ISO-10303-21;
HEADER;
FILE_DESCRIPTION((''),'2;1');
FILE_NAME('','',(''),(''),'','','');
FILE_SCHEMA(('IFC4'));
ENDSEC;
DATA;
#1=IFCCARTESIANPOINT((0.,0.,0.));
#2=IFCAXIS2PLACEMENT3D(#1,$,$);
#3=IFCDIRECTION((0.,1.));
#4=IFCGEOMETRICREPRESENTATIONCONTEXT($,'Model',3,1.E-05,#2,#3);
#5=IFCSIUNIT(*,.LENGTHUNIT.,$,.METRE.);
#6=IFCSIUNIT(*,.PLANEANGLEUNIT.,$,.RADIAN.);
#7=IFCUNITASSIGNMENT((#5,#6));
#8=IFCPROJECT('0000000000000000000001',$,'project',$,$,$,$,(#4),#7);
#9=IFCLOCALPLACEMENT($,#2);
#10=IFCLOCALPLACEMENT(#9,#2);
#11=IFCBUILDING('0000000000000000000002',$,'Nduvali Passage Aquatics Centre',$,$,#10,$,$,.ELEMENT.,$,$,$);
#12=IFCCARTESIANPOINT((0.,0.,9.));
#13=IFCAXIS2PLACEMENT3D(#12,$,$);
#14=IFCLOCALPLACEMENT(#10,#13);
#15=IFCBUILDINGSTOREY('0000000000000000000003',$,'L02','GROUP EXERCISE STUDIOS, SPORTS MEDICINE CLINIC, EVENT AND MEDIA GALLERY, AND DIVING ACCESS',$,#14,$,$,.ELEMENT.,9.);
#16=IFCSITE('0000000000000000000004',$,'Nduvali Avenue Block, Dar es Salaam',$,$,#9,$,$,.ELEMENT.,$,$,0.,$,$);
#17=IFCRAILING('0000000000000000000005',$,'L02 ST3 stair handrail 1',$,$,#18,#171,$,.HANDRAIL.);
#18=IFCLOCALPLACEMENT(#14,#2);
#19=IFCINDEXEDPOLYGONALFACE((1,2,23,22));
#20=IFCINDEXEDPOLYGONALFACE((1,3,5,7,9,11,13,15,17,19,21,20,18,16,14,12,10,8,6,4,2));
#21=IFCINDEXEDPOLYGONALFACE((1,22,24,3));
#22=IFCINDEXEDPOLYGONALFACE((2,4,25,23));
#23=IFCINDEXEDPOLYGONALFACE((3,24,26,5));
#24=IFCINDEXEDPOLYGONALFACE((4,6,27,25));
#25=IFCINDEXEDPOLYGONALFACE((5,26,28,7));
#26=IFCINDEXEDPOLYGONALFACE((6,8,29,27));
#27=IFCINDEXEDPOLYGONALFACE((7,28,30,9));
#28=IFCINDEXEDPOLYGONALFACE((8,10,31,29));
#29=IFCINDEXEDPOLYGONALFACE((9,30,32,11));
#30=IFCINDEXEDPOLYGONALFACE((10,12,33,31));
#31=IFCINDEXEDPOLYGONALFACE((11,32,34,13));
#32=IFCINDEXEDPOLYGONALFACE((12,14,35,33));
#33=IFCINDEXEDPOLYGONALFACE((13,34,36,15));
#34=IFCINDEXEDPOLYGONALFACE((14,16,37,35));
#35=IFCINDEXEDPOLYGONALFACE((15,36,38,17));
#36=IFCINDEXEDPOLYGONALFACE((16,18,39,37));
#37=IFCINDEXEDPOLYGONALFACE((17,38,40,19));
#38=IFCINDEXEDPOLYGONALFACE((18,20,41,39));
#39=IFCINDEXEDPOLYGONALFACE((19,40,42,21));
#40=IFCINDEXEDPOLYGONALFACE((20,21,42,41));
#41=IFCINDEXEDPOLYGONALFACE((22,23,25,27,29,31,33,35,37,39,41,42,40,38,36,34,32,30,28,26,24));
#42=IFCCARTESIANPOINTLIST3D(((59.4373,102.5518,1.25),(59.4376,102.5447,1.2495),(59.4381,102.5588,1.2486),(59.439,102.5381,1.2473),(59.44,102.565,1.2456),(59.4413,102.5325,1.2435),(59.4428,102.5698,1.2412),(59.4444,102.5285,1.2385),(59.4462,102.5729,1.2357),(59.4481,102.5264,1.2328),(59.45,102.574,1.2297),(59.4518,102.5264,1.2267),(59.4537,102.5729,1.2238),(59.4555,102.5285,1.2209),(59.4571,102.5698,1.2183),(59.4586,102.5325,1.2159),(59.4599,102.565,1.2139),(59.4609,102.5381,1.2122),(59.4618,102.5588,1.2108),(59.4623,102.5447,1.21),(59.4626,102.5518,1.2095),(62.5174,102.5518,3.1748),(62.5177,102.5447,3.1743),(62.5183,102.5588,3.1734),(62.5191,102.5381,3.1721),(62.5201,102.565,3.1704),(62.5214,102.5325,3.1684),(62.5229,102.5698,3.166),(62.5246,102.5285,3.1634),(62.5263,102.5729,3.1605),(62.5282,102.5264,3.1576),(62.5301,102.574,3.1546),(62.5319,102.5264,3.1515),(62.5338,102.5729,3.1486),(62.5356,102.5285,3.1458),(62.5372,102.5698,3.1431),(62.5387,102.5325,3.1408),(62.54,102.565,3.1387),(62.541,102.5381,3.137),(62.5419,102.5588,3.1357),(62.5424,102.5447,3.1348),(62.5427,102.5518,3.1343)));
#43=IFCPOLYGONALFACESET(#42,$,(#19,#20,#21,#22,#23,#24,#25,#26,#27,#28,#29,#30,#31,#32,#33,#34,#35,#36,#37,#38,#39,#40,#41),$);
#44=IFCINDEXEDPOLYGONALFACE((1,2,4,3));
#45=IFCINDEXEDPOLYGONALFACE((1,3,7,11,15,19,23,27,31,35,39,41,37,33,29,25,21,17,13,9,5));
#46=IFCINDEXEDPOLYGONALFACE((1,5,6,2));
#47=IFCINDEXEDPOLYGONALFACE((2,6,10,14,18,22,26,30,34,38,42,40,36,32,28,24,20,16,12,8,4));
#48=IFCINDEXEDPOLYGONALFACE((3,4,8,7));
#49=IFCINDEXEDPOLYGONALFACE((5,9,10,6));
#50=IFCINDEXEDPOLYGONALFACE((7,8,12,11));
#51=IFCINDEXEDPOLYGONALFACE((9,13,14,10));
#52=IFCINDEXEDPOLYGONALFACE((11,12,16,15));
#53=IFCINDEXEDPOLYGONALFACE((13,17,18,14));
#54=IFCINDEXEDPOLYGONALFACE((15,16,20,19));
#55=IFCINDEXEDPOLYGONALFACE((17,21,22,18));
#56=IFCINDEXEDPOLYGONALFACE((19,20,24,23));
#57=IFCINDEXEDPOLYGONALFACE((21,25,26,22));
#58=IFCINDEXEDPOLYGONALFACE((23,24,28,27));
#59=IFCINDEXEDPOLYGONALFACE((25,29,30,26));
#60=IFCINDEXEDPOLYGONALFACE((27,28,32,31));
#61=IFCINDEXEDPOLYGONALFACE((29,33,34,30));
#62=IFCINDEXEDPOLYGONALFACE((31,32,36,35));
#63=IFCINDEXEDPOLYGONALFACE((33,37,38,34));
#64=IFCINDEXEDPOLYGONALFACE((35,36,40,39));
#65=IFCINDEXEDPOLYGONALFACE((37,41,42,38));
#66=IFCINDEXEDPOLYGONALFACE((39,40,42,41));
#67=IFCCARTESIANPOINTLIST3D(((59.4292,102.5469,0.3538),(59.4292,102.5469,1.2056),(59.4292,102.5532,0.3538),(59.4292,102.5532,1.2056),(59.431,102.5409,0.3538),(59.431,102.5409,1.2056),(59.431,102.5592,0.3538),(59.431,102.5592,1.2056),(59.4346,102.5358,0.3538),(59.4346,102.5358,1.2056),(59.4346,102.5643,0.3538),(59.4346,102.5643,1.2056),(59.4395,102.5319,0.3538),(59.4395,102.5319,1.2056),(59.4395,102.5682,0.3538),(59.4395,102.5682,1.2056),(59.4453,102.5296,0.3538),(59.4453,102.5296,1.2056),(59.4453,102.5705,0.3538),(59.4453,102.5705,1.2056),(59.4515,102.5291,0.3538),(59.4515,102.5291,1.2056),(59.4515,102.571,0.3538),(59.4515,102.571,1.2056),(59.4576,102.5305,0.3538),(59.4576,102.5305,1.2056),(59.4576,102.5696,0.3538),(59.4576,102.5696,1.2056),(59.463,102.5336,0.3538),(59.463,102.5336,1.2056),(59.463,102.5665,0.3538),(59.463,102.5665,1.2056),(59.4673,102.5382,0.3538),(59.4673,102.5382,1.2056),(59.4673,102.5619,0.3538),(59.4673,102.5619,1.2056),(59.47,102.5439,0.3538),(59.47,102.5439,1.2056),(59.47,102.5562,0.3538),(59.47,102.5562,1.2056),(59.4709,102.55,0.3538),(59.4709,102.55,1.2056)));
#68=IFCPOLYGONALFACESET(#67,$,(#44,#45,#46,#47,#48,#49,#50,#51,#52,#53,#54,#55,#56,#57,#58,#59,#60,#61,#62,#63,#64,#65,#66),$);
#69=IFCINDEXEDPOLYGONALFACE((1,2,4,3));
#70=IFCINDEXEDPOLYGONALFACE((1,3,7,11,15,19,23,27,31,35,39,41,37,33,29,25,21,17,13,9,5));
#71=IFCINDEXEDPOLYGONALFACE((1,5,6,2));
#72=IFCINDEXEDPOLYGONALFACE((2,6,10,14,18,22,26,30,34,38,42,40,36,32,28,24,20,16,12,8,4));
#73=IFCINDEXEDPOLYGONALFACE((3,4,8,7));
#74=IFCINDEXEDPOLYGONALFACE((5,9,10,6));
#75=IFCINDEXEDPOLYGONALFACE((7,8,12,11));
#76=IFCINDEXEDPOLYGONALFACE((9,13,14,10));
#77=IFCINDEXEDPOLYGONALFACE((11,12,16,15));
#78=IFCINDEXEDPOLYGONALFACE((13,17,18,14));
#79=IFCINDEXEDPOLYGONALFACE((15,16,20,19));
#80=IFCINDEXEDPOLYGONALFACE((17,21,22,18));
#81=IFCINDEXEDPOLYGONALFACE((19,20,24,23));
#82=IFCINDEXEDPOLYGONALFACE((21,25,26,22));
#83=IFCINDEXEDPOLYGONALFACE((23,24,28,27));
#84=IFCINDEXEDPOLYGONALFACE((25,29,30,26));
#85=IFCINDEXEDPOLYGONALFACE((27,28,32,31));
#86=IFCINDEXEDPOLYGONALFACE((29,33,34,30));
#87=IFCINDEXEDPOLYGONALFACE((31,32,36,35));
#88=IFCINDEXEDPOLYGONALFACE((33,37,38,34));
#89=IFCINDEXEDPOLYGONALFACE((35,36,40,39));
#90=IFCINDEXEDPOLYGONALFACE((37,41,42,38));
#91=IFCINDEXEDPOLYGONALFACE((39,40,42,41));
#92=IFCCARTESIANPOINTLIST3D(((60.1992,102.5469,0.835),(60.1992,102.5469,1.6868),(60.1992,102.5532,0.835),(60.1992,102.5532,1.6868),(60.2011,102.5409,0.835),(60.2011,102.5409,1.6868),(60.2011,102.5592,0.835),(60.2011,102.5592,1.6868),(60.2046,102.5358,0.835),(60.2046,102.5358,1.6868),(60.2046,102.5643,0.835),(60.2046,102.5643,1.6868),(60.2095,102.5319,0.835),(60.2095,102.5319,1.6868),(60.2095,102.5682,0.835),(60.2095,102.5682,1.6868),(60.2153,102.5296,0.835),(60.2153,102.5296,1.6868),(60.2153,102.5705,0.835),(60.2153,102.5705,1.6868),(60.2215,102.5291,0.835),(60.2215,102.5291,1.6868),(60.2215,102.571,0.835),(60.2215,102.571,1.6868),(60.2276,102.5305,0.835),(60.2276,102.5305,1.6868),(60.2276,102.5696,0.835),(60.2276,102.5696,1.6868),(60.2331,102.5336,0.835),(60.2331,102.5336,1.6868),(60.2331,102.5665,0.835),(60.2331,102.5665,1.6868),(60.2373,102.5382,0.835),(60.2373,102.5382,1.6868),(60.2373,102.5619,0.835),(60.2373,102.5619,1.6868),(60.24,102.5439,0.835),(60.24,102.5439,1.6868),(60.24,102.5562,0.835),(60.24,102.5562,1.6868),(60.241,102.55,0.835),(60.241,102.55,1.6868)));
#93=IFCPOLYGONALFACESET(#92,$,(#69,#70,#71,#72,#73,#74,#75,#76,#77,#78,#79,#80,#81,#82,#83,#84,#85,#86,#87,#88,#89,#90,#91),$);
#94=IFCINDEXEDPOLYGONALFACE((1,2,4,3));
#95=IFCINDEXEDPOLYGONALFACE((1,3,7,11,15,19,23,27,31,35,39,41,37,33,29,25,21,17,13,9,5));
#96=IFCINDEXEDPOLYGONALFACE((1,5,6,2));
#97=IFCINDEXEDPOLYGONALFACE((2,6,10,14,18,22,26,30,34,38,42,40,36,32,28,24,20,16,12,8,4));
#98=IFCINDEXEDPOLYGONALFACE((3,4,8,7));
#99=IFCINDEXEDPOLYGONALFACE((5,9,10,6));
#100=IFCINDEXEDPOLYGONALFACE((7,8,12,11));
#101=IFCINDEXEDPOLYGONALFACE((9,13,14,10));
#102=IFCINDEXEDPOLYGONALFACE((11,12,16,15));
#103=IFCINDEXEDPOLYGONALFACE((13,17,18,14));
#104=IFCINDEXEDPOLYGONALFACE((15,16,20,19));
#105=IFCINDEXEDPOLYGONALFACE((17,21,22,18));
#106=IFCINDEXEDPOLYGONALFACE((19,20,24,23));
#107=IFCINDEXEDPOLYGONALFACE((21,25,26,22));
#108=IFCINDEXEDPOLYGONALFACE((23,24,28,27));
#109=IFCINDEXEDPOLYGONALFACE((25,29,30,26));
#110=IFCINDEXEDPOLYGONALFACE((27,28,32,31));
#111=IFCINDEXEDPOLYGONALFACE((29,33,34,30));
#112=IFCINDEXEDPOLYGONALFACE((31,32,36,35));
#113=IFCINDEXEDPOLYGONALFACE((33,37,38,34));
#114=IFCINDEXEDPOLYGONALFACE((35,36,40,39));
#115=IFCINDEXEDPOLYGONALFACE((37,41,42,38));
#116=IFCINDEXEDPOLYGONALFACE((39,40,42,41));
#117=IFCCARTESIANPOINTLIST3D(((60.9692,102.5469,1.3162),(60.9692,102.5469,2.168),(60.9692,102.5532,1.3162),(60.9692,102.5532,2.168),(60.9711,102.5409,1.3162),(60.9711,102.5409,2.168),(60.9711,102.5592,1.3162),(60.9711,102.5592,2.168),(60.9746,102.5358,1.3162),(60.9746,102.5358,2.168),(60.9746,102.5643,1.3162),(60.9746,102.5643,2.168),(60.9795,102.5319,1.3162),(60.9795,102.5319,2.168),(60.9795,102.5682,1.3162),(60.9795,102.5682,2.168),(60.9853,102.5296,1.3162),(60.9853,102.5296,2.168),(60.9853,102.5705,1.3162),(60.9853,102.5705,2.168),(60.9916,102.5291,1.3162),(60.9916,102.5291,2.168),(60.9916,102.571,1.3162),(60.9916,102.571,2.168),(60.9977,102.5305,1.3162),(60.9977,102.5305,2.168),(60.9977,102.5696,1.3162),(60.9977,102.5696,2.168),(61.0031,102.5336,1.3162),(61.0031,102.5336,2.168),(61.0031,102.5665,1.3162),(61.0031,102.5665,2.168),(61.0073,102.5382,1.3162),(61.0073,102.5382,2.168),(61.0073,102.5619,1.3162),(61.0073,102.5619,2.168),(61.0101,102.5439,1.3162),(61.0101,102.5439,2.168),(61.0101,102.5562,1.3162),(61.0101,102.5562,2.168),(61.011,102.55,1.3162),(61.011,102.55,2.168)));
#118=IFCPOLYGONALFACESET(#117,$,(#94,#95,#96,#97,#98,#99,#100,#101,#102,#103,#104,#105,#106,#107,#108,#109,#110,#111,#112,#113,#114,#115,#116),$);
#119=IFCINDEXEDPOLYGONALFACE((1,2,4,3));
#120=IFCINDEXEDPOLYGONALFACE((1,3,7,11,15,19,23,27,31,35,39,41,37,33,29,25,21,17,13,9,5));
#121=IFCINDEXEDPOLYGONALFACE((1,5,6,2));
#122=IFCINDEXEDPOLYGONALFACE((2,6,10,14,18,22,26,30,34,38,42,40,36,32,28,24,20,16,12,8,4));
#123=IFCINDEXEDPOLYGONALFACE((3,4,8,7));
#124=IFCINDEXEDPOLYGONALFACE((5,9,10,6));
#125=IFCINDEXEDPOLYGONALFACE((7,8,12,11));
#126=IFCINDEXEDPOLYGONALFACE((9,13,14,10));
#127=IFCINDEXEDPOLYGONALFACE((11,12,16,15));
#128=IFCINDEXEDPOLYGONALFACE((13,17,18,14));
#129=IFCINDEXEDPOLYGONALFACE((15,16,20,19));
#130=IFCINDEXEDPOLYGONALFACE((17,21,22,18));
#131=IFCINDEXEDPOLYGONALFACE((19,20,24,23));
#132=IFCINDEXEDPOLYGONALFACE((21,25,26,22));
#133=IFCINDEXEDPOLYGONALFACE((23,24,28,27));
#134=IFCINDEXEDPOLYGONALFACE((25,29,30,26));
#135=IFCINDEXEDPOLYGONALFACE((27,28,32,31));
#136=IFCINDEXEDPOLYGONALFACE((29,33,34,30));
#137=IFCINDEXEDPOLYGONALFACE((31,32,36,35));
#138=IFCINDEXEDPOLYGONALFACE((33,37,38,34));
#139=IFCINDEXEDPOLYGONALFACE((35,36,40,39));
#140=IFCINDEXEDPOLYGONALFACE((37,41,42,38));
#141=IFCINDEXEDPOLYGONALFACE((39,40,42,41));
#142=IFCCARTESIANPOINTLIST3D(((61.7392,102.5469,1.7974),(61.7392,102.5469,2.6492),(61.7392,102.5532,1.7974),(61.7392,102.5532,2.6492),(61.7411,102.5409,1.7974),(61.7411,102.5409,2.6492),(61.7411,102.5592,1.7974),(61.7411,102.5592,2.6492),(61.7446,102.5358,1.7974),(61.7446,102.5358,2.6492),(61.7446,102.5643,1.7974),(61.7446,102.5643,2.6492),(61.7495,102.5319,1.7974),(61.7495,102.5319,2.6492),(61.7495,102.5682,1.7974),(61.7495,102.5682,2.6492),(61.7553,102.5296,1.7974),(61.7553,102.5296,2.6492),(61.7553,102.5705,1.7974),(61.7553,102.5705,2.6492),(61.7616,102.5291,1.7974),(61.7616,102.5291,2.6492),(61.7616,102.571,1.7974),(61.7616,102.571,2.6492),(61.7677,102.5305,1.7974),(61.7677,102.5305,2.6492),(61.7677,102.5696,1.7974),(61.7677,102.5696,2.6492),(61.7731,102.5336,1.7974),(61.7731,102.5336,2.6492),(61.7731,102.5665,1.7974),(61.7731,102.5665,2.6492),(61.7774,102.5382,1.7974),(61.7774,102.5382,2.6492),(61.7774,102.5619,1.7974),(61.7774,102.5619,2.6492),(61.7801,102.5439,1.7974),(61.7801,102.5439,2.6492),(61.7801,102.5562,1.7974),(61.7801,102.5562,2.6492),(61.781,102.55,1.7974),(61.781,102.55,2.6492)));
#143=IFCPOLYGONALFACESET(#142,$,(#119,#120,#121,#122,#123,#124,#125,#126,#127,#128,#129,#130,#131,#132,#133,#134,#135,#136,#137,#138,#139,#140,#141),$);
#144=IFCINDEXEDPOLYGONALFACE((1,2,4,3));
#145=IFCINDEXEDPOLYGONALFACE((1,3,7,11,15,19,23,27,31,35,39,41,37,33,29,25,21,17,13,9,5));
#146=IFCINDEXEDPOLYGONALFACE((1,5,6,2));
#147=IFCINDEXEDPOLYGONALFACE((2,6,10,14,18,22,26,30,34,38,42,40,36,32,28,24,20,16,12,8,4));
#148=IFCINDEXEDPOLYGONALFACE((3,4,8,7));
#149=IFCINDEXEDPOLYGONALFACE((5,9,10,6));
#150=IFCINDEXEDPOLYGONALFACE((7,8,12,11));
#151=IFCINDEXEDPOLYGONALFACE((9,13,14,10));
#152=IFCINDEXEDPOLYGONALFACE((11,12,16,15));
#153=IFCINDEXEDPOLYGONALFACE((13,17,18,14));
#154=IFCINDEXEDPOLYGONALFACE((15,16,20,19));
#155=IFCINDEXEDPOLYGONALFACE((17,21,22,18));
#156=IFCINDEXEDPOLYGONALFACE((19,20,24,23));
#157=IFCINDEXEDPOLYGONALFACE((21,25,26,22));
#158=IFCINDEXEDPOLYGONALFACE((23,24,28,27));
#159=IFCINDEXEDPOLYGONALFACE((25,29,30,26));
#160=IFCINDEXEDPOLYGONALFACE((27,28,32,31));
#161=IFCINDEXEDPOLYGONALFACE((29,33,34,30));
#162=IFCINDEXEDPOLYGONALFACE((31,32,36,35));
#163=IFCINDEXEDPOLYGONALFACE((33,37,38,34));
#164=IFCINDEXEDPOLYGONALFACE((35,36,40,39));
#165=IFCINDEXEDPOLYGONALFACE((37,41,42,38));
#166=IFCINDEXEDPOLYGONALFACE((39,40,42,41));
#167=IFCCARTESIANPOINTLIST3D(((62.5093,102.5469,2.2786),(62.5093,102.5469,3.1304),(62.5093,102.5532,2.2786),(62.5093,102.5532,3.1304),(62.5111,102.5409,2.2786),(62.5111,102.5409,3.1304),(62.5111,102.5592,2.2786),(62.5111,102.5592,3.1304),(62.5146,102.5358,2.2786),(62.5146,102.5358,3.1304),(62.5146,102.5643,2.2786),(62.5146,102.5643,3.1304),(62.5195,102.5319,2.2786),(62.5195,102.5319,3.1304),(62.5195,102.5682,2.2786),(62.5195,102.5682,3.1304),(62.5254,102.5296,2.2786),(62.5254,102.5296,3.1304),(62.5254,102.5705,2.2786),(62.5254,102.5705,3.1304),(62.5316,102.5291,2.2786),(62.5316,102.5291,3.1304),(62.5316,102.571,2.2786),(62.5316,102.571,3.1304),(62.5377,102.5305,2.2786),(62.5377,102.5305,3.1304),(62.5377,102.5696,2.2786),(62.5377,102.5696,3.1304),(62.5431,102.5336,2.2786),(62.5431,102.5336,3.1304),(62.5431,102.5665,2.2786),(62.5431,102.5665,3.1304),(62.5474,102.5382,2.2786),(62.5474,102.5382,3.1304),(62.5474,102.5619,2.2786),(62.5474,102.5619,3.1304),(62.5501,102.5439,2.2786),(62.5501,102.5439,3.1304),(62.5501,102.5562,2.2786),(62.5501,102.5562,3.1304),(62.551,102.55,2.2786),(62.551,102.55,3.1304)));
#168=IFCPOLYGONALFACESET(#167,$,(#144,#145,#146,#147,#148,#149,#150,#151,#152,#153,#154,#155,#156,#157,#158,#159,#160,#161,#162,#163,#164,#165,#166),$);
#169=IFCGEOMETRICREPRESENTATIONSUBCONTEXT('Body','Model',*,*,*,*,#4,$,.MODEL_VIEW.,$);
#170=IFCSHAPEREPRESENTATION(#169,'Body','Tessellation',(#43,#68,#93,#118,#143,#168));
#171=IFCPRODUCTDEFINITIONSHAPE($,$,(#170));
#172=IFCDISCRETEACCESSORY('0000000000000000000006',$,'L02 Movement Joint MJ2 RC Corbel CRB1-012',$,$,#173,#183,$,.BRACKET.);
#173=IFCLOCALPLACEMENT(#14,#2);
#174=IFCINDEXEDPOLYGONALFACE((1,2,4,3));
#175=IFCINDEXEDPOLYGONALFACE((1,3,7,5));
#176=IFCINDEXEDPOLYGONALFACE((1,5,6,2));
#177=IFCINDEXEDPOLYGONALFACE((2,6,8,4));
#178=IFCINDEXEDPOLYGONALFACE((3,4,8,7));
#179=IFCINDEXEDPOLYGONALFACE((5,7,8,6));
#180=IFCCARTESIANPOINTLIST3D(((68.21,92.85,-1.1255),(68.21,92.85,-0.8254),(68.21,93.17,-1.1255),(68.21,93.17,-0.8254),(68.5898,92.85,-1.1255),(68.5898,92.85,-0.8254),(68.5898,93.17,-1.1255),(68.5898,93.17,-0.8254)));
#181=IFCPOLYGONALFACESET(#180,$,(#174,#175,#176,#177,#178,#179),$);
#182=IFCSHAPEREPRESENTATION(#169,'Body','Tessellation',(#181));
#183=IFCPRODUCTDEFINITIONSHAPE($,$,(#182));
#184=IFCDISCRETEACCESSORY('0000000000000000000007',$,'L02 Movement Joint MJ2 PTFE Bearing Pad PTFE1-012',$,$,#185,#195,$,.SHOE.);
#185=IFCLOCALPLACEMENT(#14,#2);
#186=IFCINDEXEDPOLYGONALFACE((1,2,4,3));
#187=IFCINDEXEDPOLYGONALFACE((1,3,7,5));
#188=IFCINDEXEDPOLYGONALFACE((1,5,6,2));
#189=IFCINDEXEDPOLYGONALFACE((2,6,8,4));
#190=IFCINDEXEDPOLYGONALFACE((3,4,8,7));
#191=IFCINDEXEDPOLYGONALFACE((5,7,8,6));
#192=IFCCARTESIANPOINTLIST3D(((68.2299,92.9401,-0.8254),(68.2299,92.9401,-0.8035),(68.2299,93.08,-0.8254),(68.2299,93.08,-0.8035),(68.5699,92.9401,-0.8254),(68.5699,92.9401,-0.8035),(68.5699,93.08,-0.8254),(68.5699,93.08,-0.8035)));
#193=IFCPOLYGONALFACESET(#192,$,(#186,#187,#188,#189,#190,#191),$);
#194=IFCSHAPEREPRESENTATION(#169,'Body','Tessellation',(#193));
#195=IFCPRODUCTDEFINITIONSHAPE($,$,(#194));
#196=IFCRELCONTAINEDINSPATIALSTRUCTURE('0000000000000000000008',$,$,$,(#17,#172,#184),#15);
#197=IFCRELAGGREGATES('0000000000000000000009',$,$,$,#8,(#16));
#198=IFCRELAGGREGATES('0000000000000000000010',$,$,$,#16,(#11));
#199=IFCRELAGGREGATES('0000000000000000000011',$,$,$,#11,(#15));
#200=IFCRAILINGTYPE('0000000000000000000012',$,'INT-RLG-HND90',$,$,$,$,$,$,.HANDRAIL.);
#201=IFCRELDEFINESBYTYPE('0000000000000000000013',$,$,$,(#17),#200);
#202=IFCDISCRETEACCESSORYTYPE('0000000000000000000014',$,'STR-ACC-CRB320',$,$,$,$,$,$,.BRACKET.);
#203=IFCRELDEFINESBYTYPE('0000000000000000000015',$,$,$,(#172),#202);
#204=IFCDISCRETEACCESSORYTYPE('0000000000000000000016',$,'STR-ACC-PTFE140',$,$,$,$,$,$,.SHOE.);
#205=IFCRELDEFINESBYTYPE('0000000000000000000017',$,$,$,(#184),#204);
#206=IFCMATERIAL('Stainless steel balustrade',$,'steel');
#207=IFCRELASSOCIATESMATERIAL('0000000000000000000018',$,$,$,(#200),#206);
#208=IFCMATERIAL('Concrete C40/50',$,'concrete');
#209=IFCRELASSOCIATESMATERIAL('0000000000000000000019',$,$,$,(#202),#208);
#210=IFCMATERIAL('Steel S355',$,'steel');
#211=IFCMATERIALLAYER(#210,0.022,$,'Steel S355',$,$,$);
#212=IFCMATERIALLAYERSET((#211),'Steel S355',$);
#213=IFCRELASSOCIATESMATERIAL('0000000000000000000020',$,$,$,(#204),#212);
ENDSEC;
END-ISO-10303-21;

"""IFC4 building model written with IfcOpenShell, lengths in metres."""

from ifc_helpers import new_model, si_unit, direction, frame, origin, origin_2d, place, context, subcontext, project, spatial, rectangle, circle, extrude, material, layer, layer_set, type_object, element, save


model = new_model("IFC4")

# Units and contexts
model_context = context("Model", 3, precision=1e-05, world=origin(), true_north=direction((0.0, 1.0)))
body_context = subcontext(model_context, "Body", "Model", "MODEL_VIEW")
ifc_project = project(units=[si_unit("LENGTHUNIT", "METRE"), si_unit("PLANEANGLEUNIT", "RADIAN")], contexts=[model_context])

# Site, building, storey
site_placement = place(None, origin())
site = spatial("IfcSite", under=ifc_project, at=site_placement, Name="Nduvali Avenue Block, Dar es Salaam", CompositionType="ELEMENT", RefElevation=0.0)
building_placement = place(site_placement, origin())
building = spatial("IfcBuilding", under=site, at=building_placement, Name="Nduvali Passage Aquatics Centre", CompositionType="ELEMENT")
storey_placement = place(building_placement, frame((0.0, 0.0, 9.0)))
storey = spatial("IfcBuildingStorey", under=building, at=storey_placement, Name="L02", Description="GROUP EXERCISE STUDIOS, SPORTS MEDICINE CLINIC, EVENT AND MEDIA GALLERY, AND DIVING ACCESS", CompositionType="ELEMENT", Elevation=9.0)

# Shared definitions
ifc_material_1 = material(Name="Steel S355", Category="steel")
ifc_material_2 = material(Name="Concrete C40/50", Category="concrete")

# Railing
ifc_material_3 = material(Name="Stainless steel balustrade", Category="steel")
railing_type = type_object("IfcRailingType", Name="INT-RLG-HND90", PredefinedType="HANDRAIL", material=ifc_material_3)
railing_placement = place(storey_placement, frame((59.45, 102.55, 0.3538)))
element("IfcRailing", 1, at=railing_placement, inside=storey, type_object=railing_type, Name="L02 ST3 stair handrail 1", PredefinedType="HANDRAIL", context=body_context, shape_type="SweptSolid", body=[
    extrude(circle(Radius=0.0239, at=origin_2d()), frame((0.0, 0.0, 0.876), z_axis=(0.848029, 0.0, 0.529951), x_axis=(0.0, 1.0, 0.0)), (0.0, 0.0, 1.0), 3.6321),
    extrude(circle(Radius=0.021, at=origin_2d()), origin(), (0.0, 0.0, 1.0), 0.8518),
    extrude(circle(Radius=0.021, at=origin_2d()), frame((0.77, 0.0, 0.4812)), (0.0, 0.0, 1.0), 0.8518),
    extrude(circle(Radius=0.021, at=origin_2d()), frame((1.54, 0.0, 0.9624)), (0.0, 0.0, 1.0), 0.8518),
    extrude(circle(Radius=0.021, at=origin_2d()), frame((2.3101, 0.0, 1.4436)), (0.0, 0.0, 1.0), 0.8518),
    extrude(circle(Radius=0.021, at=origin_2d()), frame((3.0801, 0.0, 1.9248)), (0.0, 0.0, 1.0), 0.8518),
])

# Discrete accessories
discrete_accessory_type_1 = type_object("IfcDiscreteAccessoryType", Name="STR-ACC-CRB320", PredefinedType="BRACKET", material=ifc_material_2)
discrete_accessory_1_placement = place(storey_placement, frame((68.3999, 93.01, -1.1255), z_axis=(0.0, 0.0, 1.0), x_axis=(0.0, 1.0, 0.0)))
element("IfcDiscreteAccessory", 2, at=discrete_accessory_1_placement, inside=storey, type_object=discrete_accessory_type_1, Name="L02 Movement Joint MJ2 RC Corbel CRB1-012", PredefinedType="BRACKET", context=body_context, shape_type="SweptSolid", body=[
    extrude(rectangle(XDim=0.3201, YDim=0.3799, at=origin_2d()), origin(), (0.0, 0.0, 1.0), 0.3),
])
ifc_layer_1 = layer(ifc_material_1, 0.022, Name="Steel S355")
ifc_layer_set_1 = layer_set([ifc_layer_1], Name="Steel S355")
discrete_accessory_type_2 = type_object("IfcDiscreteAccessoryType", Name="STR-ACC-PTFE140", PredefinedType="SHOE", material=ifc_layer_set_1)
discrete_accessory_2_placement = place(storey_placement, frame((68.3999, 93.01, -0.8254), z_axis=(0.0, 0.0, 1.0), x_axis=(0.0, 1.0, 0.0)))
element("IfcDiscreteAccessory", 3, at=discrete_accessory_2_placement, inside=storey, type_object=discrete_accessory_type_2, Name="L02 Movement Joint MJ2 PTFE Bearing Pad PTFE1-012", PredefinedType="SHOE", context=body_context, shape_type="SweptSolid", body=[
    extrude(rectangle(XDim=0.1399, YDim=0.3401, at=origin_2d()), origin(), (0.0, 0.0, 1.0), 0.022),
])

save(model, "model.ifc")
